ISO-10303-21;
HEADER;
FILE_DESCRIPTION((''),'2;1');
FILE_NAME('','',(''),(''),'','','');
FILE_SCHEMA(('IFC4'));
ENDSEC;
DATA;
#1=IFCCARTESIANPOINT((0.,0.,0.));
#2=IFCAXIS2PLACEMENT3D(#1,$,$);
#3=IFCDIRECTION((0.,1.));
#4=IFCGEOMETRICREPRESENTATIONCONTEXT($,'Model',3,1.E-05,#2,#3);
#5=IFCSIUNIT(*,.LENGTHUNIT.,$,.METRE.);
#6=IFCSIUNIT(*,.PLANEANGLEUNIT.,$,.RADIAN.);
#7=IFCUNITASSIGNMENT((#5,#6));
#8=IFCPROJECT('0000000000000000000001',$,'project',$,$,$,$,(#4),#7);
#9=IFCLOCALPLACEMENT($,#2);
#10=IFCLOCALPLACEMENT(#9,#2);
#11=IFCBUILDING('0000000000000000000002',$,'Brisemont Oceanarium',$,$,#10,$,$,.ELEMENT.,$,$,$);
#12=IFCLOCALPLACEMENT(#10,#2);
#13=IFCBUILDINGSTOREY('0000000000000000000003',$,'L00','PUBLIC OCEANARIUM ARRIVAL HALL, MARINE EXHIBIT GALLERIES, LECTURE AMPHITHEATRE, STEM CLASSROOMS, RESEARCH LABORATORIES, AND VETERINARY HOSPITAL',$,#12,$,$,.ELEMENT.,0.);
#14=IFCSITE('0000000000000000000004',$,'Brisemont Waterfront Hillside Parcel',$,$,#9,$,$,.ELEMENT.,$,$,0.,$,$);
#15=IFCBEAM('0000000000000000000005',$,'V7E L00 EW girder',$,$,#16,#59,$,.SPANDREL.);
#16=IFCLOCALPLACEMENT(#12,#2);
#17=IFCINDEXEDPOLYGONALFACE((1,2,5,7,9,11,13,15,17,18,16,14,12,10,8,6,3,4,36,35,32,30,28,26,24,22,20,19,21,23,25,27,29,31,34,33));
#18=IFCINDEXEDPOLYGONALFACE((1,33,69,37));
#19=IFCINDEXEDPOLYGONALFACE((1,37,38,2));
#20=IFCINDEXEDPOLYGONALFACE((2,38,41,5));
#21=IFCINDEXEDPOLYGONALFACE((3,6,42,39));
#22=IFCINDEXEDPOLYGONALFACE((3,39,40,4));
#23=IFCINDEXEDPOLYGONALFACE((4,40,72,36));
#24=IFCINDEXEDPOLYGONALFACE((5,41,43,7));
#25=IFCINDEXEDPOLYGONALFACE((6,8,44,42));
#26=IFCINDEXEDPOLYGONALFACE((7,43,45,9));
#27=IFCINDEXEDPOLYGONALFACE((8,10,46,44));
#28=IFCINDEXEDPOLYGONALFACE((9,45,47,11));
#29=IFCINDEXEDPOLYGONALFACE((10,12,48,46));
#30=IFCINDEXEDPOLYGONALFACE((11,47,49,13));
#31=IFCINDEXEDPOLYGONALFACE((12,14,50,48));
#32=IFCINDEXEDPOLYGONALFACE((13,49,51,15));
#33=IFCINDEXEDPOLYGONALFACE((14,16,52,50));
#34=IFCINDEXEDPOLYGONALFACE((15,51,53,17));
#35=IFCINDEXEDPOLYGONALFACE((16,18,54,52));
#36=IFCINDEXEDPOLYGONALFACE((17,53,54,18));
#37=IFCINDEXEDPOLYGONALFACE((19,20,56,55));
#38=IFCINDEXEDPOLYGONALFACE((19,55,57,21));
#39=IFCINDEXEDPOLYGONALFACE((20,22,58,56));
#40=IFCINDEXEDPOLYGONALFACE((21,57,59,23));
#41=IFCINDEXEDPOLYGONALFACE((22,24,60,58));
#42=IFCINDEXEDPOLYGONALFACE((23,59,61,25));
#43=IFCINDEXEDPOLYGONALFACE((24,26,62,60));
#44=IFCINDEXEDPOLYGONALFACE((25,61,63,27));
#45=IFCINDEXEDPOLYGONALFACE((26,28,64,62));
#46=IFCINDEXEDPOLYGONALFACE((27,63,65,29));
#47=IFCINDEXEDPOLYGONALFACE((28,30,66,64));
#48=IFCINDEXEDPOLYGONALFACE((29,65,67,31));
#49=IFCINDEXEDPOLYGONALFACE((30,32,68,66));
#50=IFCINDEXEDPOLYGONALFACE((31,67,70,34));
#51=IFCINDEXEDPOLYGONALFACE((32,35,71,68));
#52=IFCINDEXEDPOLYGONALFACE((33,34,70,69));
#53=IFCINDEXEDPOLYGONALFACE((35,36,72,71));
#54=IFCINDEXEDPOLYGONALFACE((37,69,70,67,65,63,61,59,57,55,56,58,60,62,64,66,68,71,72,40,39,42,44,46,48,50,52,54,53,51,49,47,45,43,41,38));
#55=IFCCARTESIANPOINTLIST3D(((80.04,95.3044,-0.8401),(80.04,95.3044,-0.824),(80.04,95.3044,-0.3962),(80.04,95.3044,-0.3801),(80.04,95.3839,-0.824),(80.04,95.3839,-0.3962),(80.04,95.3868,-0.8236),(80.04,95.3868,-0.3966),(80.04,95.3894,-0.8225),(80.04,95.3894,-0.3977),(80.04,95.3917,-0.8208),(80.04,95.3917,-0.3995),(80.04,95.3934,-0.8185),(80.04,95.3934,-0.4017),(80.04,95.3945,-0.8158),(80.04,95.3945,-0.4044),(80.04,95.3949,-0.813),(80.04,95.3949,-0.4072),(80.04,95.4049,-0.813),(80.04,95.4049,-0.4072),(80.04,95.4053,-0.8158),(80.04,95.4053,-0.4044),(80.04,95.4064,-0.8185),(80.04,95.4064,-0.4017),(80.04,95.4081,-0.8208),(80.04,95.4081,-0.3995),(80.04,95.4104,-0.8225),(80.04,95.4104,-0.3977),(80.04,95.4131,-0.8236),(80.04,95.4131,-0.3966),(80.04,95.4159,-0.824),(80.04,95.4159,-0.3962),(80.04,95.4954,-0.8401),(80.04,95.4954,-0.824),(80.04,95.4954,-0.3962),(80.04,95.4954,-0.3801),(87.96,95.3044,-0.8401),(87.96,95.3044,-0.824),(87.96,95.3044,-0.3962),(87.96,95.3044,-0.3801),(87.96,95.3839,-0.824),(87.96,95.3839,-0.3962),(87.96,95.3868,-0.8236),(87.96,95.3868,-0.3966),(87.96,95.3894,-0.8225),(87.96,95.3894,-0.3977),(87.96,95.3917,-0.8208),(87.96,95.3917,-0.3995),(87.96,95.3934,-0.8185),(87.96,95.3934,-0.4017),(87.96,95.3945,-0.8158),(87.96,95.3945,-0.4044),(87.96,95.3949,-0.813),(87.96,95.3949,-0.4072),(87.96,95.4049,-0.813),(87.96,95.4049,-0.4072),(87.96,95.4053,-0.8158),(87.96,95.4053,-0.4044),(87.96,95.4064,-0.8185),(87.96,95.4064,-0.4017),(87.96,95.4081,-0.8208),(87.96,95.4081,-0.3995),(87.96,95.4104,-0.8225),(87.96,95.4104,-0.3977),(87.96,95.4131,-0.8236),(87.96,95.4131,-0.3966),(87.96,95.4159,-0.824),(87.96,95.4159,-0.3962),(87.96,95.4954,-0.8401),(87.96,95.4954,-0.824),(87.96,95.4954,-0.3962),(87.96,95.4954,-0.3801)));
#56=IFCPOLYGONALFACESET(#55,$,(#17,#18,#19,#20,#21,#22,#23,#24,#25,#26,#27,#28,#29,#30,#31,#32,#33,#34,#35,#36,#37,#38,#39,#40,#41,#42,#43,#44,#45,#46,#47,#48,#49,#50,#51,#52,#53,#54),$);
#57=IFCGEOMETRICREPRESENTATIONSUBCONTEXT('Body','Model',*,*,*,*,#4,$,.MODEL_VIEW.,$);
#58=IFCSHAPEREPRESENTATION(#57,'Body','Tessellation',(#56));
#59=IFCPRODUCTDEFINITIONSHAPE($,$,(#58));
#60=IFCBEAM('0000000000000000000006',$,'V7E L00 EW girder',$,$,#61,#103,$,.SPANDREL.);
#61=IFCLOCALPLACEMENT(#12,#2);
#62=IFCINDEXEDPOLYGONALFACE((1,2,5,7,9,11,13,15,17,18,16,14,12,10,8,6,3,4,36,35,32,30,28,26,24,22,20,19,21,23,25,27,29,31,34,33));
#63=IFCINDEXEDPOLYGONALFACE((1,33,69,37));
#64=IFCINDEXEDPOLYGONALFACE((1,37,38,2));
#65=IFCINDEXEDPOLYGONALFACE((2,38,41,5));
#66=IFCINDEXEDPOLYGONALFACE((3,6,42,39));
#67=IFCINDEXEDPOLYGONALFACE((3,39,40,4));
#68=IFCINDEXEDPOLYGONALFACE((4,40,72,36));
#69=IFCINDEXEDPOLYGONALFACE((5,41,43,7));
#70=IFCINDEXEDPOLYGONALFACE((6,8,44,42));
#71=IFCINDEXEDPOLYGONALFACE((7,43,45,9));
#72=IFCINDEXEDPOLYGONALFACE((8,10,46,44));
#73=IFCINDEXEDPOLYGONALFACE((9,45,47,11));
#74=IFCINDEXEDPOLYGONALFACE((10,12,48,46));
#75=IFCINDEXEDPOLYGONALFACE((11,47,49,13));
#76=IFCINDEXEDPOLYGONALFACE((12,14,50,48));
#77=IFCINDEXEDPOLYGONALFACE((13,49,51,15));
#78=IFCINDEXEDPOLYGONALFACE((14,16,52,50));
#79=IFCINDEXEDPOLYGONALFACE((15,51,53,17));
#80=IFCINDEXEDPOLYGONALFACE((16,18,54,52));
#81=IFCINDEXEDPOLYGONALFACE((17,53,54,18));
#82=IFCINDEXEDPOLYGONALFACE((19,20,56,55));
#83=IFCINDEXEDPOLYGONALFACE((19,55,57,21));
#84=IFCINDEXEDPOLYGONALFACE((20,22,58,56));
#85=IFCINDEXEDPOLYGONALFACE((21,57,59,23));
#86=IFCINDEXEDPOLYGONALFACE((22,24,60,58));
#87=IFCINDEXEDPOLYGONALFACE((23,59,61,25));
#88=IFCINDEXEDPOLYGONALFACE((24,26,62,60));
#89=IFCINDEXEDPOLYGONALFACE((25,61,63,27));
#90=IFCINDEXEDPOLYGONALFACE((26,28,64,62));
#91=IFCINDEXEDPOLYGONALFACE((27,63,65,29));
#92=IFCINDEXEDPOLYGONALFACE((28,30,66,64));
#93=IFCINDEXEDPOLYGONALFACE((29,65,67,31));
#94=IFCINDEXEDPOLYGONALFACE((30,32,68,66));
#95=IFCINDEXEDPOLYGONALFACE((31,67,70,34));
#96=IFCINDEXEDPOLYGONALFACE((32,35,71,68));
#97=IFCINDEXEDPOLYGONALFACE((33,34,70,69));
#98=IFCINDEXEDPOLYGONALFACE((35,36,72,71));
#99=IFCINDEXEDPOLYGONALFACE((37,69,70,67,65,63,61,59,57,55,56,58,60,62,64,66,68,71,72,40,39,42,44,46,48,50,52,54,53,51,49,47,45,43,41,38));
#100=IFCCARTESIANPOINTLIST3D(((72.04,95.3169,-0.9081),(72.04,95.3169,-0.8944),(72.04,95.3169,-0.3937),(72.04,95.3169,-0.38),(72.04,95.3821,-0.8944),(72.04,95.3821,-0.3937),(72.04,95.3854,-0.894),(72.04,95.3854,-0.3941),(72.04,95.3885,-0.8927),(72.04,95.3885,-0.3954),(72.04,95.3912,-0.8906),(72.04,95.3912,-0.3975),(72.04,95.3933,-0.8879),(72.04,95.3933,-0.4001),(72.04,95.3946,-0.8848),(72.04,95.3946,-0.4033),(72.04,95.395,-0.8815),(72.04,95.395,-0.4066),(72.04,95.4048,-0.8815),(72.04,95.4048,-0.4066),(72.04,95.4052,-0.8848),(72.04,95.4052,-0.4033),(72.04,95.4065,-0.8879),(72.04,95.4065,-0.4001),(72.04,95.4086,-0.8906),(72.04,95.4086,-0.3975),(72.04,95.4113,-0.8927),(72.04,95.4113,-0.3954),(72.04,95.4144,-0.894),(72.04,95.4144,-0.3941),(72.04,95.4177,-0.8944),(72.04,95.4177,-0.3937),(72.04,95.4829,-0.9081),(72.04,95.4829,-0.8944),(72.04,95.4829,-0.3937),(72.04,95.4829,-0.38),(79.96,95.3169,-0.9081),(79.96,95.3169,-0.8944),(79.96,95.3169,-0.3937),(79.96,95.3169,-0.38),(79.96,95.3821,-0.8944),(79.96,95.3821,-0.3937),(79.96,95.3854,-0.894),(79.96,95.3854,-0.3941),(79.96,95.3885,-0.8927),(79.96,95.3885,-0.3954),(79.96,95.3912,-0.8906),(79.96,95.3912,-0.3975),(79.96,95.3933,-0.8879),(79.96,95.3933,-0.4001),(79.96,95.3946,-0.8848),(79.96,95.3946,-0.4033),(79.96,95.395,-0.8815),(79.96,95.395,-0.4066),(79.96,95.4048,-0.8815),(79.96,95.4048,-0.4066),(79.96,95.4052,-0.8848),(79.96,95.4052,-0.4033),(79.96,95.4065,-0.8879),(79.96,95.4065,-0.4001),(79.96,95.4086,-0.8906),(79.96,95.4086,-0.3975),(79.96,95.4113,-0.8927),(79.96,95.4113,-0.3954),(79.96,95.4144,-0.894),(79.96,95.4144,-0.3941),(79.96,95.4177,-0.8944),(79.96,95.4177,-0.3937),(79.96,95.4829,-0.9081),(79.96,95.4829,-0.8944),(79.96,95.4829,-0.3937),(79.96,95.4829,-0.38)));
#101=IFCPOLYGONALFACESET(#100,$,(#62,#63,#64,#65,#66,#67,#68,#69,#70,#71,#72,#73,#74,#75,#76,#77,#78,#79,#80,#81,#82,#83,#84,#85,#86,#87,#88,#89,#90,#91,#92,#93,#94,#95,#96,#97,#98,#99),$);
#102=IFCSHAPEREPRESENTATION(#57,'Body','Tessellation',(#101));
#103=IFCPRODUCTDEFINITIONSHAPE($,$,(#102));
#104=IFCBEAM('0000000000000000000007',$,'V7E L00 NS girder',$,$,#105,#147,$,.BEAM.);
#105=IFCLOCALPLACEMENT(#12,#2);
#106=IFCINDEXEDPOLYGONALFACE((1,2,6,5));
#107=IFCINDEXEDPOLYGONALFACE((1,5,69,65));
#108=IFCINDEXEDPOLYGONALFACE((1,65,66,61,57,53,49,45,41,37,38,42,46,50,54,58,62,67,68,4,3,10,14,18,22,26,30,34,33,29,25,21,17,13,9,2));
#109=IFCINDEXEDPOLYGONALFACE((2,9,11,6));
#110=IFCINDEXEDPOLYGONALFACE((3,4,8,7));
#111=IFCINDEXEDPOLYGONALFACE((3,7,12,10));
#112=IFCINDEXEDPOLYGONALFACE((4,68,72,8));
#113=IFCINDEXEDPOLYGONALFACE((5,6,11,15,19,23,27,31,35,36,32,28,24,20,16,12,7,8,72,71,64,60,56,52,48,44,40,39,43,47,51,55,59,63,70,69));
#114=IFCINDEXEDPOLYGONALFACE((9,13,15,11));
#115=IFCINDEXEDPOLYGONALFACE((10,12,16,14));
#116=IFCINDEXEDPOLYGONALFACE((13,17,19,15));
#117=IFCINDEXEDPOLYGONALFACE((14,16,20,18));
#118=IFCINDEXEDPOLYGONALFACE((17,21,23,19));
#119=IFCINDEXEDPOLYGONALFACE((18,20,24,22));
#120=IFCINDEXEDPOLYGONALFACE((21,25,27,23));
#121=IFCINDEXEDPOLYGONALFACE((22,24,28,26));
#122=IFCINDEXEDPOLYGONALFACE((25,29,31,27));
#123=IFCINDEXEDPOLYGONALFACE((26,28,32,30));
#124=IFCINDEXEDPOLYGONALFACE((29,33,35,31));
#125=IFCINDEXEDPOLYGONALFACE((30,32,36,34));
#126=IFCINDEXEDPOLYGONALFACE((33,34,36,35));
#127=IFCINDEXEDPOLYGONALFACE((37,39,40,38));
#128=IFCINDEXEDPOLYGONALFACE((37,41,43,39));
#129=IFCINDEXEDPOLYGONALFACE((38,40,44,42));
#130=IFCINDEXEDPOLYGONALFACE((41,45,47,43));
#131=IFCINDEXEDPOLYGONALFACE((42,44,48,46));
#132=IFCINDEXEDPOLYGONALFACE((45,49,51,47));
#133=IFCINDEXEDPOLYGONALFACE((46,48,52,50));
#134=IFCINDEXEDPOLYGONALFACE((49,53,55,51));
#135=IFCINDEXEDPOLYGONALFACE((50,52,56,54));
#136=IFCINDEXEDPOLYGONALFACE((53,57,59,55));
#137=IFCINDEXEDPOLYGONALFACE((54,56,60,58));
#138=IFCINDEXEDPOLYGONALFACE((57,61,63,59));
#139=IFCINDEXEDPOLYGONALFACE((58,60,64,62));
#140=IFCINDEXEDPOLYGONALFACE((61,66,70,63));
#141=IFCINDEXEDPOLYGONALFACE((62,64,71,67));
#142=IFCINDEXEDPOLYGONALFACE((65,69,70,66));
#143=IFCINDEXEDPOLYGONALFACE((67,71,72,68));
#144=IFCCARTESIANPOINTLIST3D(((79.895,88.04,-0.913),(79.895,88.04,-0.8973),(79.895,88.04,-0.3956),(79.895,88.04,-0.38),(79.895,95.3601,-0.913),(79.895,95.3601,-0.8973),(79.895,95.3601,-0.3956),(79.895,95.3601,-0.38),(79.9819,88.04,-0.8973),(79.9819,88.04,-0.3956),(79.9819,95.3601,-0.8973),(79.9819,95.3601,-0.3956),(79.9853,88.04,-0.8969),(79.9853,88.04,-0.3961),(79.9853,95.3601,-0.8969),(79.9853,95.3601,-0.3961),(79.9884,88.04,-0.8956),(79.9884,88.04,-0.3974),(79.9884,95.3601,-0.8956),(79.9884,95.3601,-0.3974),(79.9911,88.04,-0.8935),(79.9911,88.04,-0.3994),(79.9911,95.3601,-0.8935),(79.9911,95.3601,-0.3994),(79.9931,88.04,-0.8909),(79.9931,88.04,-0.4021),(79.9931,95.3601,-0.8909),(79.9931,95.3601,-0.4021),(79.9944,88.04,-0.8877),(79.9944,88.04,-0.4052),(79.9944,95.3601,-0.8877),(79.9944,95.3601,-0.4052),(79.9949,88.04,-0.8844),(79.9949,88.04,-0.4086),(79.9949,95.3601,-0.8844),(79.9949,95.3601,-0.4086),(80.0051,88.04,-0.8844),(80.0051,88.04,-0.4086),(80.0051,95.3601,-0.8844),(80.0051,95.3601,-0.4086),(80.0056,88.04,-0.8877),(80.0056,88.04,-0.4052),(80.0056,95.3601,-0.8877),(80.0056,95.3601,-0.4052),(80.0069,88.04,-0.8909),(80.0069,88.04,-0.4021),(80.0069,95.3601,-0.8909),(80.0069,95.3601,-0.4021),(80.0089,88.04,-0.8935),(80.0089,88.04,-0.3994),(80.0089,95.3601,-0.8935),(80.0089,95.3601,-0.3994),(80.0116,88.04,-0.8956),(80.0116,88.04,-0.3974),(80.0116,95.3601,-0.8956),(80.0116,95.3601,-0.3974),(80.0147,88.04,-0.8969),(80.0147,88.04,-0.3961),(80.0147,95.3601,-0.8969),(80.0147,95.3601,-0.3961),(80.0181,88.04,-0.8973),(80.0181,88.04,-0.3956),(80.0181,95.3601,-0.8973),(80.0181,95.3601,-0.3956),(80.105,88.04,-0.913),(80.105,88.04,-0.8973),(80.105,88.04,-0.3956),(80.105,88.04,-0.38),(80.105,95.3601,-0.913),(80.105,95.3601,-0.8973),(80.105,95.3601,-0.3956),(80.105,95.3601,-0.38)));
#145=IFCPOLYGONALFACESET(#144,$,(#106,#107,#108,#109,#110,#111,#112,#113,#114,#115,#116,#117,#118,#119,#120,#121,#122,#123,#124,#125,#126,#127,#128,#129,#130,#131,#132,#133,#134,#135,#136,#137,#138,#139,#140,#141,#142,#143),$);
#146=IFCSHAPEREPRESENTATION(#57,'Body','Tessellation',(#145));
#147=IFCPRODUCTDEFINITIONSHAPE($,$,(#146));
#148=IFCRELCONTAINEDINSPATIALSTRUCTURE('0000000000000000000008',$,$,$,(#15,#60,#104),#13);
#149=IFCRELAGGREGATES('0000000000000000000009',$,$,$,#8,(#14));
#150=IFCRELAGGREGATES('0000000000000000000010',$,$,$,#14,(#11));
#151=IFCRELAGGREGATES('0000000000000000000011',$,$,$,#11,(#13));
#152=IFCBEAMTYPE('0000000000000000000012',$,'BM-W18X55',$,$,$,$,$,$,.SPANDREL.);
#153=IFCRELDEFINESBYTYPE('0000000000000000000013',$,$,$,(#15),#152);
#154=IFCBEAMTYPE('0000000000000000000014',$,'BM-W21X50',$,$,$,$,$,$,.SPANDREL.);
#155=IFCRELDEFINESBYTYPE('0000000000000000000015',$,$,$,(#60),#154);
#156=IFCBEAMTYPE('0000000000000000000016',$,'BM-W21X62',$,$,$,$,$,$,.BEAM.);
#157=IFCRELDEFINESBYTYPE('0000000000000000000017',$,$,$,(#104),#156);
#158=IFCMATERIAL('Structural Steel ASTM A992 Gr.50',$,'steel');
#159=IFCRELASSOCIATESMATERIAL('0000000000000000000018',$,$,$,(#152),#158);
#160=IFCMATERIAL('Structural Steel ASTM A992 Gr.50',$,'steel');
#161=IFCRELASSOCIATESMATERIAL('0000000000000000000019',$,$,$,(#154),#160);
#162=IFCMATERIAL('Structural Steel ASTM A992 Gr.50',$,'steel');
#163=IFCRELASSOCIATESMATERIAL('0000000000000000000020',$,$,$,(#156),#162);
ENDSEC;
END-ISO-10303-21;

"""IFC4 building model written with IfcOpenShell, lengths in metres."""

from ifc_helpers import new_model, si_unit, direction, frame, origin, origin_2d, place, context, subcontext, project, spatial, i_section, extrude, material, material_profile, profile_set, type_object, element, save


model = new_model("IFC4")

# Units and contexts
model_context = context("Model", 3, precision=1e-05, world=origin(), true_north=direction((0.0, 1.0)))
body_context = subcontext(model_context, "Body", "Model", "MODEL_VIEW")
ifc_project = project(units=[si_unit("LENGTHUNIT", "METRE"), si_unit("PLANEANGLEUNIT", "RADIAN")], contexts=[model_context])

# Site, building, storey
site_placement = place(None, origin())
site = spatial("IfcSite", under=ifc_project, at=site_placement, Name="Brisemont Waterfront Hillside Parcel", CompositionType="ELEMENT", RefElevation=0.0)
building_placement = place(site_placement, origin())
building = spatial("IfcBuilding", under=site, at=building_placement, Name="Brisemont Oceanarium", CompositionType="ELEMENT")
storey_placement = place(building_placement, origin())
storey = spatial("IfcBuildingStorey", under=building, at=storey_placement, Name="L00", Description="PUBLIC OCEANARIUM ARRIVAL HALL, MARINE EXHIBIT GALLERIES, LECTURE AMPHITHEATRE, STEM CLASSROOMS, RESEARCH LABORATORIES, AND VETERINARY HOSPITAL", CompositionType="ELEMENT", Elevation=0.0)

# Beams
ifc_material_1 = material(Name="Structural Steel ASTM A992 Gr.50", Category="steel")
ifc_material_profile_1 = material_profile(ifc_material_1, i_section(OverallWidth=0.1909, OverallDepth=0.46, WebThickness=0.01, FlangeThickness=0.0161, FilletRadius=0.011, at=origin_2d()), Name="W18X55")
ifc_profile_set_1 = profile_set([ifc_material_profile_1], Name="Structural Steel ASTM A992 Gr.50")
beam_type_1 = type_object("IfcBeamType", Name="BM-W18X55", PredefinedType="SPANDREL", material=ifc_profile_set_1)
beam_1_placement = place(storey_placement, frame((80.04, 95.3999, -0.6101), z_axis=(1.0, 0.0, 0.0), x_axis=(0.0, 1.0, 0.0)))
element("IfcBeam", 1, at=beam_1_placement, inside=storey, type_object=beam_type_1, Name="V7E L00 EW girder", PredefinedType="SPANDREL", context=body_context, shape_type="SweptSolid", body=[
    extrude(i_section(OverallWidth=0.1909, OverallDepth=0.46, WebThickness=0.01, FlangeThickness=0.0161, FilletRadius=0.011, at=origin_2d()), origin(), (0.0, 0.0, 1.0), 7.9199),
])
ifc_material_2 = material(Name="Structural Steel ASTM A992 Gr.50", Category="steel")
ifc_material_profile_2 = material_profile(ifc_material_2, i_section(OverallWidth=0.166, OverallDepth=0.5281, WebThickness=0.0098, FlangeThickness=0.0137, FilletRadius=0.0129, at=origin_2d()), Name="W21X50")
ifc_profile_set_2 = profile_set([ifc_material_profile_2], Name="Structural Steel ASTM A992 Gr.50")
beam_type_2 = type_object("IfcBeamType", Name="BM-W21X50", PredefinedType="SPANDREL", material=ifc_profile_set_2)
beam_2_placement = place(storey_placement, frame((72.04, 95.3999, -0.644), z_axis=(1.0, 0.0, 0.0), x_axis=(0.0, 1.0, 0.0)))
element("IfcBeam", 2, at=beam_2_placement, inside=storey, type_object=beam_type_2, Name="V7E L00 EW girder", PredefinedType="SPANDREL", context=body_context, shape_type="SweptSolid", body=[
    extrude(i_section(OverallWidth=0.166, OverallDepth=0.5281, WebThickness=0.0098, FlangeThickness=0.0137, FilletRadius=0.0129, at=origin_2d()), origin(), (0.0, 0.0, 1.0), 7.9199),
])
ifc_material_3 = material(Name="Structural Steel ASTM A992 Gr.50", Category="steel")
ifc_material_profile_3 = material_profile(ifc_material_3, i_section(OverallWidth=0.21, OverallDepth=0.533, WebThickness=0.0103, FlangeThickness=0.0156, FilletRadius=0.0129, at=origin_2d()), Name="W21X62")
ifc_profile_set_3 = profile_set([ifc_material_profile_3], Name="Structural Steel ASTM A992 Gr.50")
beam_type_3 = type_object("IfcBeamType", Name="BM-W21X62", PredefinedType="BEAM", material=ifc_profile_set_3)
beam_3_placement = place(storey_placement, frame((80.0, 88.04, -0.6465), z_axis=(0.0, 1.0, 0.0), x_axis=(-1.0, 0.0, 0.0)))
element("IfcBeam", 3, at=beam_3_placement, inside=storey, type_object=beam_type_3, Name="V7E L00 NS girder", PredefinedType="BEAM", context=body_context, shape_type="SweptSolid", body=[
    extrude(i_section(OverallWidth=0.21, OverallDepth=0.533, WebThickness=0.0103, FlangeThickness=0.0156, FilletRadius=0.0129, at=origin_2d()), origin(), (0.0, 0.0, 1.0), 7.3201),
])

save(model, "model.ifc")
